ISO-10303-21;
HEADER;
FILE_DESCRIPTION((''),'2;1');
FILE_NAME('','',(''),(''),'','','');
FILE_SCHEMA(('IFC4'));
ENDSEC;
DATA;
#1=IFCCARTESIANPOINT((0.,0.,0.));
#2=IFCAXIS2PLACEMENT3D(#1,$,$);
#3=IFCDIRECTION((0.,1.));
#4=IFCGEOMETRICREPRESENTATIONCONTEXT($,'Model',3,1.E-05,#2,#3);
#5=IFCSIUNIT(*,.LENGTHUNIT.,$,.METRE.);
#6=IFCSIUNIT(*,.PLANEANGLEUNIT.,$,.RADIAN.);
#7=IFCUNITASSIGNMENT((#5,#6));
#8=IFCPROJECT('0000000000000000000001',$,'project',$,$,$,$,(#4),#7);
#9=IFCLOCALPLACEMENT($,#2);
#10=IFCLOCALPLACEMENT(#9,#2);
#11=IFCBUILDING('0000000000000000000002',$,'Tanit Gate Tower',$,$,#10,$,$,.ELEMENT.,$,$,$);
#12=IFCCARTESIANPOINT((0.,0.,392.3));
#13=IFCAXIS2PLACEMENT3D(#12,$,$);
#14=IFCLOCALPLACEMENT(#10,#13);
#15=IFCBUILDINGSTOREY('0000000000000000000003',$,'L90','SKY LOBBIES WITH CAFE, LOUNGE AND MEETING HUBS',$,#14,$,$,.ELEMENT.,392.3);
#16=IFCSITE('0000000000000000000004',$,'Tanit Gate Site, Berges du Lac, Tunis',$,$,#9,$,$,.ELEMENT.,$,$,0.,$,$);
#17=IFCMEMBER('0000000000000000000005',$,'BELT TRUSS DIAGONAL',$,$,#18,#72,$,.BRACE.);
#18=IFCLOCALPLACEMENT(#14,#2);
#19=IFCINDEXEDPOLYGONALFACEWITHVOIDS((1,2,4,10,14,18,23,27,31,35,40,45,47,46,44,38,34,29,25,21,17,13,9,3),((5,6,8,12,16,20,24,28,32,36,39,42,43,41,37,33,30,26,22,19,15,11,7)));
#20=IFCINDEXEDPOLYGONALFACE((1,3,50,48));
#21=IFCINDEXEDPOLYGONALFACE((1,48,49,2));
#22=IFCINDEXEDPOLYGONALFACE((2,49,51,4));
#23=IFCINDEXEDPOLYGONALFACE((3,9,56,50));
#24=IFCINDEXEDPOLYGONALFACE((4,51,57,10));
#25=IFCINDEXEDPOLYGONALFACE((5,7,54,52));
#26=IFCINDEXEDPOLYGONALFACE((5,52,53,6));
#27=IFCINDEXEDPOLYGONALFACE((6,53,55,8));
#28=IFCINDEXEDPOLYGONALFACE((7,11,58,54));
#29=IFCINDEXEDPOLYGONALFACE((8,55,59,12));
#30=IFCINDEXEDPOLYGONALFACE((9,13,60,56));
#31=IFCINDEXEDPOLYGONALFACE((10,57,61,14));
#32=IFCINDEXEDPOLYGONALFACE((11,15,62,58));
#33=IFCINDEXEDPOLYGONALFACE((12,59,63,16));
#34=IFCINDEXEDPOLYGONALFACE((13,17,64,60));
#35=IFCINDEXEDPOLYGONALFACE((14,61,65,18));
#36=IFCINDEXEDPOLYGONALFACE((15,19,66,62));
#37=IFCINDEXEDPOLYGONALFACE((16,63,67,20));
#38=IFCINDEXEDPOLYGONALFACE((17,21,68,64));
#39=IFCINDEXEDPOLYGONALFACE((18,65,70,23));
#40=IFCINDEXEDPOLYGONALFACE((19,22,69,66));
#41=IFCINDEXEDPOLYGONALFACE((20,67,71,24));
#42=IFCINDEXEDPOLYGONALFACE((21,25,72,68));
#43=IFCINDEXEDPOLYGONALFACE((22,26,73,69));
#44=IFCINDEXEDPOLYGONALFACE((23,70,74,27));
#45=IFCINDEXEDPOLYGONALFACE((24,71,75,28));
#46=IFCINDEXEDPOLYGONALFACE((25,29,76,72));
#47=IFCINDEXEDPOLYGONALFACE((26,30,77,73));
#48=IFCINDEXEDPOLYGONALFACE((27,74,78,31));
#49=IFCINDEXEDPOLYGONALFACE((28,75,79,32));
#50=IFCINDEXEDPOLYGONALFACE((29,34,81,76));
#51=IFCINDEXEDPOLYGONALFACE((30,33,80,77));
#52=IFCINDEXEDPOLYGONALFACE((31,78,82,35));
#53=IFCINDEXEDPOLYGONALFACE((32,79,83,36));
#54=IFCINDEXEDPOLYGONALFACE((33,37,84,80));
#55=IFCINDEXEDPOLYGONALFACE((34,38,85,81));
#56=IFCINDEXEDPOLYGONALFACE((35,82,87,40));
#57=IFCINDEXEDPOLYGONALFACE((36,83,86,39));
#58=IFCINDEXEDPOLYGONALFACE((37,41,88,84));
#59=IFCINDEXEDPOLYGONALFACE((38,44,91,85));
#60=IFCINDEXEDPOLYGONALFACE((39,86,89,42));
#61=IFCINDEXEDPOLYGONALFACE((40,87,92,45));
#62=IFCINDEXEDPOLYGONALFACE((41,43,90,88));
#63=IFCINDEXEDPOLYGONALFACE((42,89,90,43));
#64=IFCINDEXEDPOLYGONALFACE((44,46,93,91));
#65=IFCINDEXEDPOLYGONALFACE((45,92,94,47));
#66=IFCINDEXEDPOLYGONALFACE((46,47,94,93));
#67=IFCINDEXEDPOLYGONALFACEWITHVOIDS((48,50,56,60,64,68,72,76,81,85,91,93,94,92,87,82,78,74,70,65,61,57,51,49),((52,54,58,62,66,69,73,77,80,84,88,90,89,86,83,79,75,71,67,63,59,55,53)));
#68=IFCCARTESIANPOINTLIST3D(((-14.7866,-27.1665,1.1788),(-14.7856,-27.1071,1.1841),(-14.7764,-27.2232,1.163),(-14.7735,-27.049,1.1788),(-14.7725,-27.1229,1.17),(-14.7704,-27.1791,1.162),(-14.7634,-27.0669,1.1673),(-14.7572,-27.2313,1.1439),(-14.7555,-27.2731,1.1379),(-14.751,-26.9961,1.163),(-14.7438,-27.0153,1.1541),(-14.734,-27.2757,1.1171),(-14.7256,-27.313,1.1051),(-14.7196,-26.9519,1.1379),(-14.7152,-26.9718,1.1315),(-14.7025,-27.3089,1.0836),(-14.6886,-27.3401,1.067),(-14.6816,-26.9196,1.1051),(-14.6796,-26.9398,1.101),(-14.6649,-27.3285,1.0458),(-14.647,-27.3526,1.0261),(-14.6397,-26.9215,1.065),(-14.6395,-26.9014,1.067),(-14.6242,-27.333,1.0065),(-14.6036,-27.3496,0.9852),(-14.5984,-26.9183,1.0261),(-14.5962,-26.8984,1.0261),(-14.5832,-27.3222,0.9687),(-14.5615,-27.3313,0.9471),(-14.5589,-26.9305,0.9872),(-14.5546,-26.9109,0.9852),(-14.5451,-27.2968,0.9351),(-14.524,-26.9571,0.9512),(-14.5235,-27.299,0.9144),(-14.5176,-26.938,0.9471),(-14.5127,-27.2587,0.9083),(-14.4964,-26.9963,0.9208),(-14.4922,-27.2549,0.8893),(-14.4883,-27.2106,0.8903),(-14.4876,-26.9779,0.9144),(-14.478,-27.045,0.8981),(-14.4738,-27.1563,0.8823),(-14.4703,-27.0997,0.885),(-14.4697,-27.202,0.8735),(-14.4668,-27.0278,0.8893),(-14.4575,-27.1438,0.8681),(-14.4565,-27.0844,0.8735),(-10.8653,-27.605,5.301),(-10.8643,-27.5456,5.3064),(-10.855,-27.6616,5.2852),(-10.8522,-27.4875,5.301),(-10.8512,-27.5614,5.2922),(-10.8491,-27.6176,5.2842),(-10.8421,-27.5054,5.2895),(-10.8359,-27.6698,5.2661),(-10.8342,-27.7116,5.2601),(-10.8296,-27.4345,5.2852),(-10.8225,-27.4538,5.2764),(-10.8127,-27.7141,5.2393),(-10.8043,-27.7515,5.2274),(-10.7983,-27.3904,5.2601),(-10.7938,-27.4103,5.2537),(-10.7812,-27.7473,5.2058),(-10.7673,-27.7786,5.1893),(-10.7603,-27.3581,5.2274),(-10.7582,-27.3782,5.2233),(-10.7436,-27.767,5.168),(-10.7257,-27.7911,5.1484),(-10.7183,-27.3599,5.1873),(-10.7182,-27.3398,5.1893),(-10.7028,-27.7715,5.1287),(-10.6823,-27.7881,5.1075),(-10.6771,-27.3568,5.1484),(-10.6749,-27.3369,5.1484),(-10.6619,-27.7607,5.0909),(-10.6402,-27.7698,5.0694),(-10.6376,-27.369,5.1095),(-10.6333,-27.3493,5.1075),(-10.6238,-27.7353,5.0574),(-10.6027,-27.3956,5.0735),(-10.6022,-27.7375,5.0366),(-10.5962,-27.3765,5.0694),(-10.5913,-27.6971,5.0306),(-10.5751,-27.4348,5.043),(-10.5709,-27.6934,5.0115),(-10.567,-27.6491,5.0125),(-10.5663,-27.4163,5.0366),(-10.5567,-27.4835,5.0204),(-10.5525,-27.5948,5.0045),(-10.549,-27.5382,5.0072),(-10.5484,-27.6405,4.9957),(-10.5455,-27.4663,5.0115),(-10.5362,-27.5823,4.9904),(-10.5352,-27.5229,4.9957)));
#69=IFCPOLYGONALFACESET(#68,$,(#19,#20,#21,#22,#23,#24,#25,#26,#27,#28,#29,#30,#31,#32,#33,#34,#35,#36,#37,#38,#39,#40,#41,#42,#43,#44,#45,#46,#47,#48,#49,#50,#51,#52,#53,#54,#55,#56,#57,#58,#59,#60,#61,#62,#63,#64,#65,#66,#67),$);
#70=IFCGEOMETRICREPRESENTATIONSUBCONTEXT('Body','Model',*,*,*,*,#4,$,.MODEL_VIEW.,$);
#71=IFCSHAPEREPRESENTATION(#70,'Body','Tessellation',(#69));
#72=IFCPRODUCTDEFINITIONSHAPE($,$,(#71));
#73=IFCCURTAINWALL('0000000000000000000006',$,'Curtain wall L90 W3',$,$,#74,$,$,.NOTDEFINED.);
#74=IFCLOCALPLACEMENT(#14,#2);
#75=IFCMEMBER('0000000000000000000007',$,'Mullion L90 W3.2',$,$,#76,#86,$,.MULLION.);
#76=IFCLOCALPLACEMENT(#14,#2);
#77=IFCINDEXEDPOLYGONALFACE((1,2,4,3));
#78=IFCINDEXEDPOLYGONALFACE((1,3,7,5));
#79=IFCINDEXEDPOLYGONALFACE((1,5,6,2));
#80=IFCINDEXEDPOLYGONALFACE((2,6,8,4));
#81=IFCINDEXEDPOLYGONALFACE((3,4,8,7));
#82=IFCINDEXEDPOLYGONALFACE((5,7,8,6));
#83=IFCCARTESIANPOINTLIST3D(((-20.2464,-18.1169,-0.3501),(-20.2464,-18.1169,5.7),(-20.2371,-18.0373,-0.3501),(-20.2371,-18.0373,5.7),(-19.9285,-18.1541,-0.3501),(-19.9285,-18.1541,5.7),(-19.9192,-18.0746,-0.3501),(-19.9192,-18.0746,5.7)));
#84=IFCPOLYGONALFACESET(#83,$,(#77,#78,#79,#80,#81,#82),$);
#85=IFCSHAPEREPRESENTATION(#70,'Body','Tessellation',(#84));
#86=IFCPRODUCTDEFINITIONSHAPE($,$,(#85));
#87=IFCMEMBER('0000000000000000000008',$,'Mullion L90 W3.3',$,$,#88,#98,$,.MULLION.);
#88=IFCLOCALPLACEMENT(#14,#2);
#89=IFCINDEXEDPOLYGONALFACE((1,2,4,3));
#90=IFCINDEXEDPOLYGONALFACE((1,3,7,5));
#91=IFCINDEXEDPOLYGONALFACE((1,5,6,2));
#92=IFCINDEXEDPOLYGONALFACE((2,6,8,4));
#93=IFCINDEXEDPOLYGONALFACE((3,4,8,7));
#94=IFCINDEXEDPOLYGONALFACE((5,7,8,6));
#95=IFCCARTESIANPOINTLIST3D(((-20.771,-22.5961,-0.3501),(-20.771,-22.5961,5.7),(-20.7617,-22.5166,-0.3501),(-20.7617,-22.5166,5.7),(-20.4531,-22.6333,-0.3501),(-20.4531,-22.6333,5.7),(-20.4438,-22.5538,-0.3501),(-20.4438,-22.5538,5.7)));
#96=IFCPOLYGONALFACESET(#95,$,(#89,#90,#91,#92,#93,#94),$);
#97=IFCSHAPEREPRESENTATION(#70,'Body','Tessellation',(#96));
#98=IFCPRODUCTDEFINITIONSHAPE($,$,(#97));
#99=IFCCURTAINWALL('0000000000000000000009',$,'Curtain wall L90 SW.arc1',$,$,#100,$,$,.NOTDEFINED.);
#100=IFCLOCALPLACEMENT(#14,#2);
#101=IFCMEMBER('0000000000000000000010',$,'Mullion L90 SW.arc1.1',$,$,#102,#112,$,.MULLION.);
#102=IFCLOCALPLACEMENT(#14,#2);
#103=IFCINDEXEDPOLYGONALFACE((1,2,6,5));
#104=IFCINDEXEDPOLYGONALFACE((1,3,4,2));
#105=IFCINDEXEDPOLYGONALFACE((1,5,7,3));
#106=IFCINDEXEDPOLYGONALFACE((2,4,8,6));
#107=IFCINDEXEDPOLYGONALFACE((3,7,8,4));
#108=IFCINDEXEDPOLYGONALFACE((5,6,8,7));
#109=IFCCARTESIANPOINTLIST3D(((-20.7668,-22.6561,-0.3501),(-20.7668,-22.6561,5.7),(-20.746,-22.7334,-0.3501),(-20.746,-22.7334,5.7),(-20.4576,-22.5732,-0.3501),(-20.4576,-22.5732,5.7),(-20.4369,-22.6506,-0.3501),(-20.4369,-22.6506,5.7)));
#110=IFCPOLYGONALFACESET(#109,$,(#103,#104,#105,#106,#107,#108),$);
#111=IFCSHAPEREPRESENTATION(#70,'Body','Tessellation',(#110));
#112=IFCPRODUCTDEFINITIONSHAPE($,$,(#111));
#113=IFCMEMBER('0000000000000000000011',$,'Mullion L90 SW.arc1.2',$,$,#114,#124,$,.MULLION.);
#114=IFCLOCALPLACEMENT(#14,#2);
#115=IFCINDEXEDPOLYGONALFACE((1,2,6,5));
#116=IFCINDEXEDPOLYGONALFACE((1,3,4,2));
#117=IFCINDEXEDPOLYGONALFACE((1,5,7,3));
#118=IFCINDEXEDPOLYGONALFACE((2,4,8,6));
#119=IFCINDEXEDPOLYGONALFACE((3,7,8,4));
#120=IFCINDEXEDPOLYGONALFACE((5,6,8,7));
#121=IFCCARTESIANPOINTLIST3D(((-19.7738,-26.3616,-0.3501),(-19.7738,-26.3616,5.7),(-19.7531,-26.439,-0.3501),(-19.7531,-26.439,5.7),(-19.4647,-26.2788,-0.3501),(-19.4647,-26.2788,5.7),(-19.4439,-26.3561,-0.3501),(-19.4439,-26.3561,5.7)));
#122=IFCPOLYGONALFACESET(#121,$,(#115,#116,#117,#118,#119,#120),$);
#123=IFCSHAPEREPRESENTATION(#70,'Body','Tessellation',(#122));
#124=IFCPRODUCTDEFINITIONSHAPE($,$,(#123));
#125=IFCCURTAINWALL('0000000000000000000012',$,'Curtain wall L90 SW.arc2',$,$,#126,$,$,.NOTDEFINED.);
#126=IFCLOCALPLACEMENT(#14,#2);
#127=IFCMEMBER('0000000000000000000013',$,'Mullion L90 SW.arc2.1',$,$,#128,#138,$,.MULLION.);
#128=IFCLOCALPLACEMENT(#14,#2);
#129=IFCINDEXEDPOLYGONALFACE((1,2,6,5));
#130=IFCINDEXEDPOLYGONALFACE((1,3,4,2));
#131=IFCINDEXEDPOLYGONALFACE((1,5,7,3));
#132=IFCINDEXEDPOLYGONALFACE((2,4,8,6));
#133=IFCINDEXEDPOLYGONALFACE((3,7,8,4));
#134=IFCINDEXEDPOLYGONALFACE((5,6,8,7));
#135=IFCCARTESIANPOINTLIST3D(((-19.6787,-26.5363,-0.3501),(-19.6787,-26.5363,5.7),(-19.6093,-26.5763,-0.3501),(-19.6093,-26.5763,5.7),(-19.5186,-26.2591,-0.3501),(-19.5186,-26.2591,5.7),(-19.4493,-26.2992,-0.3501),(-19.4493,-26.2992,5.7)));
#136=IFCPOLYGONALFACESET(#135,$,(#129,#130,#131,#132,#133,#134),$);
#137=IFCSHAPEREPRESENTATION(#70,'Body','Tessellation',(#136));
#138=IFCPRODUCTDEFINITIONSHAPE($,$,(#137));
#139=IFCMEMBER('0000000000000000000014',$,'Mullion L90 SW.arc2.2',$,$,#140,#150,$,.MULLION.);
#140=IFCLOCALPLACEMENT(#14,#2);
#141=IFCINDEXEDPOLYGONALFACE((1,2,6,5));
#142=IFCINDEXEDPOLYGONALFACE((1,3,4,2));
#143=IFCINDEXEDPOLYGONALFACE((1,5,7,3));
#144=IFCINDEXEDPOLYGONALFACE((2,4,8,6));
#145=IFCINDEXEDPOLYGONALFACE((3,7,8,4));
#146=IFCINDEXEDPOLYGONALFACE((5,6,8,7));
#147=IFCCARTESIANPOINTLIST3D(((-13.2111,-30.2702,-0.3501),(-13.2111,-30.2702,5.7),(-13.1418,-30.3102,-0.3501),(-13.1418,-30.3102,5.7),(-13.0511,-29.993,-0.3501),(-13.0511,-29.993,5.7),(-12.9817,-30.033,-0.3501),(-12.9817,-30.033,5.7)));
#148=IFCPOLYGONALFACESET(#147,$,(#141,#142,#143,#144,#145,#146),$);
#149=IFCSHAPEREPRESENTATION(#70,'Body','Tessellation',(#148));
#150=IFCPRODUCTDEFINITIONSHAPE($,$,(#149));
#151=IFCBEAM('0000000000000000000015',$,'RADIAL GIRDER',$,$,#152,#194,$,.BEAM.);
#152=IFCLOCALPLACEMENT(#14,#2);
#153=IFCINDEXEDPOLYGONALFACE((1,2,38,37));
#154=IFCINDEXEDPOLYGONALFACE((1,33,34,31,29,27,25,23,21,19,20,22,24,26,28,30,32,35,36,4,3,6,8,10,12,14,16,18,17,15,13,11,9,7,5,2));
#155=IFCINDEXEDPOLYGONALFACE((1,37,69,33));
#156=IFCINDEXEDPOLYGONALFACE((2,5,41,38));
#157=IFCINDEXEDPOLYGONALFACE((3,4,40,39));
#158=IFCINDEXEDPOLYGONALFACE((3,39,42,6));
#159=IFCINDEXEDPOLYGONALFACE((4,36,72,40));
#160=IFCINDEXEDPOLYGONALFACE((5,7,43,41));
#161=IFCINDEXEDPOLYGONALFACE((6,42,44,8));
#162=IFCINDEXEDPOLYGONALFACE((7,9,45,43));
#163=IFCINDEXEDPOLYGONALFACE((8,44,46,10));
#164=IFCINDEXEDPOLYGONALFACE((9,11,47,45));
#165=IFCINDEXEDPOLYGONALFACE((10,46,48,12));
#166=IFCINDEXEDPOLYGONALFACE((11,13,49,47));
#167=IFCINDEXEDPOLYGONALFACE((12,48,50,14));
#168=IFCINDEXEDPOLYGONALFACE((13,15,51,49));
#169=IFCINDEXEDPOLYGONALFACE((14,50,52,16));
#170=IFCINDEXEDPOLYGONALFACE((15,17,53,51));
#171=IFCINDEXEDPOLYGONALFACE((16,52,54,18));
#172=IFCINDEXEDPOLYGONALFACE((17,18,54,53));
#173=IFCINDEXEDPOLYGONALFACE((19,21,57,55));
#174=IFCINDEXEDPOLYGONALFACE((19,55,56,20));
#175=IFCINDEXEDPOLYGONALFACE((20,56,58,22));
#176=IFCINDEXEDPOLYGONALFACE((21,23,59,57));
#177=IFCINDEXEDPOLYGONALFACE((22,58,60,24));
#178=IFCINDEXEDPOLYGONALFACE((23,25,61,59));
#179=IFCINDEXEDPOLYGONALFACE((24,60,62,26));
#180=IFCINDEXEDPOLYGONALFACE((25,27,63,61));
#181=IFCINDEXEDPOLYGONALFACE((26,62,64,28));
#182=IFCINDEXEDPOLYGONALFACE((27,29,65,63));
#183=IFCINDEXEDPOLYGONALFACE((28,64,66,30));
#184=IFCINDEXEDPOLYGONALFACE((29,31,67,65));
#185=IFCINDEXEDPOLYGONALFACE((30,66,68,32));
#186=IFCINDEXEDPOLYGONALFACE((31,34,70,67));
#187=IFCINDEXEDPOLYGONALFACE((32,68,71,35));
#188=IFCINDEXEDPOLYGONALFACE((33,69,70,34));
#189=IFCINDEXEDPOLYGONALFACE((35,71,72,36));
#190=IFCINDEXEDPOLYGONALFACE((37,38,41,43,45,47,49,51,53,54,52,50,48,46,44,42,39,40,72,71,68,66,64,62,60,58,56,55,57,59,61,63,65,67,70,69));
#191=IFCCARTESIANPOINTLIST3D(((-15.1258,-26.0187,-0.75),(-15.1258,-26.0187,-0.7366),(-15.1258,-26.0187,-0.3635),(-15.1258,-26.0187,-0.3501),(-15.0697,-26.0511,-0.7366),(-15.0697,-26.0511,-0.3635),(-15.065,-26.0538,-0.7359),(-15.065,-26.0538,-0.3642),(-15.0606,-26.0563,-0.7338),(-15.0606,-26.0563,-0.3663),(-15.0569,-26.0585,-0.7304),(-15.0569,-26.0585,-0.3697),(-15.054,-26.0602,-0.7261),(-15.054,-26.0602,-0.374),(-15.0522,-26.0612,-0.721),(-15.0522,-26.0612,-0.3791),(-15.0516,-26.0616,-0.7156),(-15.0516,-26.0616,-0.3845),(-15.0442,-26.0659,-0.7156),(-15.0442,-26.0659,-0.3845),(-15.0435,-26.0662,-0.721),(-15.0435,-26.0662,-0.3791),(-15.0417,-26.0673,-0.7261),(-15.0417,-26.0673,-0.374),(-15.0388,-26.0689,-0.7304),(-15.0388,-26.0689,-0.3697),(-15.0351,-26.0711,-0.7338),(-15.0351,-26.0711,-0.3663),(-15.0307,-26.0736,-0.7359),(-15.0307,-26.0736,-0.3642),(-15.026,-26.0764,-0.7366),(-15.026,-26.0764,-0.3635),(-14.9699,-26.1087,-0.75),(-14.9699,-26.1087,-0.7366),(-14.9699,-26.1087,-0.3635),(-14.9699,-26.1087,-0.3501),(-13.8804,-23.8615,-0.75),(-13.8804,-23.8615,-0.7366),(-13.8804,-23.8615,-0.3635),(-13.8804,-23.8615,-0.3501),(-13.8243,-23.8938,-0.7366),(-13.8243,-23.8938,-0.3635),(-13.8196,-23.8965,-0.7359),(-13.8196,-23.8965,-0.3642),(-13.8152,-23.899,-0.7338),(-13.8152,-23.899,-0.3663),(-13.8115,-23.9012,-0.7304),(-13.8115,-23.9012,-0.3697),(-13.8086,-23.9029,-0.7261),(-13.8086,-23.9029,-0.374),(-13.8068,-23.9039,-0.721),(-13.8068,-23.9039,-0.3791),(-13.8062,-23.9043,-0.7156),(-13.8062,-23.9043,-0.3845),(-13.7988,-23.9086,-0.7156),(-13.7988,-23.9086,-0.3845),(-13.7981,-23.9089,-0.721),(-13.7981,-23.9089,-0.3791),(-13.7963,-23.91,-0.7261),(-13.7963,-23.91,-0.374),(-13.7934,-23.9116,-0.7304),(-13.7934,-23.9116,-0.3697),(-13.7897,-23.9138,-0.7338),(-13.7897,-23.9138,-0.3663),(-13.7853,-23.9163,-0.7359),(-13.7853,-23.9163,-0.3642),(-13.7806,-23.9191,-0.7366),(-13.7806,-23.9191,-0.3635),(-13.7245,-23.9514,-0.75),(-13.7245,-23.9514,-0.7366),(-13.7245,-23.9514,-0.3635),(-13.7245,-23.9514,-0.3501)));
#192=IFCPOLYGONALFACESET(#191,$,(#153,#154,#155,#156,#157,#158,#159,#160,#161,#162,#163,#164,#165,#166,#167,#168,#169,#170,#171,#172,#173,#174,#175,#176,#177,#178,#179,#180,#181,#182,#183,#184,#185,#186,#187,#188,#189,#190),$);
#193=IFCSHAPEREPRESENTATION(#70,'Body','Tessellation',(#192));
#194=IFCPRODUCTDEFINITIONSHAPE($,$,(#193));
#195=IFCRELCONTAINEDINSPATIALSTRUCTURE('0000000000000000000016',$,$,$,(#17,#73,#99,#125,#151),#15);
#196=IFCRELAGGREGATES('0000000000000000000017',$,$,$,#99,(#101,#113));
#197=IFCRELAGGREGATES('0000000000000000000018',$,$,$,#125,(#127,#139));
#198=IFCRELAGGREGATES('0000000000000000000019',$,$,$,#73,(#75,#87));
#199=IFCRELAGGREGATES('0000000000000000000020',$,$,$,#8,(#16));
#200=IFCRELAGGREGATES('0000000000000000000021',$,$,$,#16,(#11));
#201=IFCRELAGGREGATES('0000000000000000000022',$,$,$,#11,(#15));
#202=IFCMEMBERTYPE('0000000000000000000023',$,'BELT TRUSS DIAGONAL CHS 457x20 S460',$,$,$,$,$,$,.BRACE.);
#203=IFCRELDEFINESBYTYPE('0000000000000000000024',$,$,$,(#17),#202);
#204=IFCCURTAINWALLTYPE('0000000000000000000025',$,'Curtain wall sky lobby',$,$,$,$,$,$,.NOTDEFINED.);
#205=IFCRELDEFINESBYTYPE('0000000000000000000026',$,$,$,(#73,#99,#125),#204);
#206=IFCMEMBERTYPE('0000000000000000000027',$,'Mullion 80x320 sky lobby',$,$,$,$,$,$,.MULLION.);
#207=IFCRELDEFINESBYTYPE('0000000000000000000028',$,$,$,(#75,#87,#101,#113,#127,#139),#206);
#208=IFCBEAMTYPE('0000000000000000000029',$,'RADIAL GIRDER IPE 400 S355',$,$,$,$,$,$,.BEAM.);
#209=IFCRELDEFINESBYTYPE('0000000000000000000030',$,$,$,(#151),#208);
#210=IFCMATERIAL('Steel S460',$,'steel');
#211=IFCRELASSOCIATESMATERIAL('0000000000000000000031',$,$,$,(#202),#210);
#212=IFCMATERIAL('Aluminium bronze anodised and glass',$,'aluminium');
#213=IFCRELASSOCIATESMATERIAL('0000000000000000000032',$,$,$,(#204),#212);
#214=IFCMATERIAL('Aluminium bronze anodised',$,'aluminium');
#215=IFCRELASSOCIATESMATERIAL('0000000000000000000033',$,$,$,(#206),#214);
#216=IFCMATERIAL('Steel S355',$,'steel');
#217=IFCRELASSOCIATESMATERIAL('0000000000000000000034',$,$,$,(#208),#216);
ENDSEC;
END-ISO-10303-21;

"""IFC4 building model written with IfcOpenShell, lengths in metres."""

from ifc_helpers import new_model, si_unit, direction, frame, origin, origin_2d, place, context, subcontext, project, spatial, rectangle, hollow_circle, i_section, extrude, material, material_profile, profile_set, type_object, element, aggregate, save


model = new_model("IFC4")

# Units and contexts
model_context = context("Model", 3, precision=1e-05, world=origin(), true_north=direction((0.0, 1.0)))
body_context = subcontext(model_context, "Body", "Model", "MODEL_VIEW")
ifc_project = project(units=[si_unit("LENGTHUNIT", "METRE"), si_unit("PLANEANGLEUNIT", "RADIAN")], contexts=[model_context])

# Site, building, storey
site_placement = place(None, origin())
site = spatial("IfcSite", under=ifc_project, at=site_placement, Name="Tanit Gate Site, Berges du Lac, Tunis", CompositionType="ELEMENT", RefElevation=0.0)
building_placement = place(site_placement, origin())
building = spatial("IfcBuilding", under=site, at=building_placement, Name="Tanit Gate Tower", CompositionType="ELEMENT")
storey_placement = place(building_placement, frame((0.0, 0.0, 392.3)))
storey = spatial("IfcBuildingStorey", under=building, at=storey_placement, Name="L90", Description="SKY LOBBIES WITH CAFE, LOUNGE AND MEETING HUBS", CompositionType="ELEMENT", Elevation=392.3)

# Member
ifc_material_1 = material(Name="Steel S460", Category="steel")
ifc_material_profile_1 = material_profile(ifc_material_1, hollow_circle(Radius=0.2285, WallThickness=0.02, at=origin_2d()), Name="CHS 457x20")
ifc_profile_set_1 = profile_set([ifc_material_profile_1], Name="Steel S460")
member_type_1 = type_object("IfcMemberType", Name="BELT TRUSS DIAGONAL CHS 457x20 S460", PredefinedType="BRACE", material=ifc_profile_set_1)
member_1_placement = place(storey_placement, frame((-14.6216, -27.1255, 1.0261), z_axis=(0.687191, -0.076839, 0.722402), x_axis=(0.111124, 0.993807, 0.0)))
element("IfcMember", 1, at=member_1_placement, inside=storey, type_object=member_type_1, Name="BELT TRUSS DIAGONAL", PredefinedType="BRACE", context=body_context, shape_type="SweptSolid", body=[
    extrude(hollow_circle(Radius=0.2285, WallThickness=0.02, at=origin_2d()), origin(), (0.0, 0.0, 1.0), 5.7063),
])

# Curtain walls, members
ifc_material_2 = material(Name="Aluminium bronze anodised and glass", Category="aluminium")
curtain_wall_type = type_object("IfcCurtainWallType", Name="Curtain wall sky lobby", PredefinedType="NOTDEFINED", material=ifc_material_2)
curtain_wall_1_placement = place(storey_placement, origin())
curtain_wall_1 = element("IfcCurtainWall", 2, at=curtain_wall_1_placement, inside=storey, type_object=curtain_wall_type, Name="Curtain wall L90 W3", PredefinedType="NOTDEFINED")
ifc_material_3 = material(Name="Aluminium bronze anodised", Category="aluminium")
ifc_material_profile_2 = material_profile(ifc_material_3, rectangle(XDim=0.3201, YDim=0.0801, at=origin_2d()), Name="80x320 bronze mullion")
ifc_profile_set_2 = profile_set([ifc_material_profile_2], Name="Aluminium bronze anodised")
member_type_2 = type_object("IfcMemberType", Name="Mullion 80x320 sky lobby", PredefinedType="MULLION", material=ifc_profile_set_2)
member_2_placement = place(storey_placement, frame((-20.0828, -18.0957, -0.3501), z_axis=(0.0, 0.0, 1.0), x_axis=(0.993212, -0.116318, 0.0)))
member_2 = element("IfcMember", 3, at=member_2_placement, type_object=member_type_2, Name="Mullion L90 W3.2", PredefinedType="MULLION", context=body_context, shape_type="SweptSolid", body=[
    extrude(rectangle(XDim=0.3201, YDim=0.0801, at=origin_2d()), origin(), (0.0, 0.0, 1.0), 6.05),
])
member_3_placement = place(storey_placement, frame((-20.6074, -22.575, -0.3501), z_axis=(0.0, 0.0, 1.0), x_axis=(0.993212, -0.116318, 0.0)))
member_3 = element("IfcMember", 4, at=member_3_placement, type_object=member_type_2, Name="Mullion L90 W3.3", PredefinedType="MULLION", context=body_context, shape_type="SweptSolid", body=[
    extrude(rectangle(XDim=0.3201, YDim=0.0801, at=origin_2d()), origin(), (0.0, 0.0, 1.0), 6.05),
])
curtain_wall_2_placement = place(storey_placement, origin())
curtain_wall_2 = element("IfcCurtainWall", 5, at=curtain_wall_2_placement, inside=storey, type_object=curtain_wall_type, Name="Curtain wall L90 SW.arc1", PredefinedType="NOTDEFINED")
member_4_placement = place(storey_placement, frame((-20.6018, -22.6533, -0.3501), z_axis=(0.0, 0.0, 1.0), x_axis=(0.965926, 0.258819, 0.0)))
member_4 = element("IfcMember", 6, at=member_4_placement, type_object=member_type_2, Name="Mullion L90 SW.arc1.1", PredefinedType="MULLION", context=body_context, shape_type="SweptSolid", body=[
    extrude(rectangle(XDim=0.3201, YDim=0.0801, at=origin_2d()), origin(), (0.0, 0.0, 1.0), 6.05),
])
member_5_placement = place(storey_placement, frame((-19.6089, -26.3589, -0.3501), z_axis=(0.0, 0.0, 1.0), x_axis=(0.965926, 0.258819, 0.0)))
member_5 = element("IfcMember", 7, at=member_5_placement, type_object=member_type_2, Name="Mullion L90 SW.arc1.2", PredefinedType="MULLION", context=body_context, shape_type="SweptSolid", body=[
    extrude(rectangle(XDim=0.3201, YDim=0.0801, at=origin_2d()), origin(), (0.0, 0.0, 1.0), 6.05),
])
curtain_wall_3_placement = place(storey_placement, origin())
curtain_wall_3 = element("IfcCurtainWall", 8, at=curtain_wall_3_placement, inside=storey, type_object=curtain_wall_type, Name="Curtain wall L90 SW.arc2", PredefinedType="NOTDEFINED")
member_6_placement = place(storey_placement, frame((-19.564, -26.4177, -0.3501), z_axis=(0.0, 0.0, 1.0), x_axis=(0.5, 0.866025, 0.0)))
member_6 = element("IfcMember", 9, at=member_6_placement, type_object=member_type_2, Name="Mullion L90 SW.arc2.1", PredefinedType="MULLION", context=body_context, shape_type="SweptSolid", body=[
    extrude(rectangle(XDim=0.3201, YDim=0.0801, at=origin_2d()), origin(), (0.0, 0.0, 1.0), 6.05),
])
member_7_placement = place(storey_placement, frame((-13.0964, -30.1516, -0.3501), z_axis=(0.0, 0.0, 1.0), x_axis=(0.5, 0.866025, 0.0)))
member_7 = element("IfcMember", 10, at=member_7_placement, type_object=member_type_2, Name="Mullion L90 SW.arc2.2", PredefinedType="MULLION", context=body_context, shape_type="SweptSolid", body=[
    extrude(rectangle(XDim=0.3201, YDim=0.0801, at=origin_2d()), origin(), (0.0, 0.0, 1.0), 6.05),
])

# Beam
ifc_material_4 = material(Name="Steel S355", Category="steel")
ifc_material_profile_3 = material_profile(ifc_material_4, i_section(OverallWidth=0.1799, OverallDepth=0.3999, WebThickness=0.0085, FlangeThickness=0.0134, FilletRadius=0.021, at=origin_2d()), Name="IPE 400")
ifc_profile_set_3 = profile_set([ifc_material_profile_3], Name="Steel S355")
beam_type_1 = type_object("IfcBeamType", Name="RADIAL GIRDER IPE 400 S355", PredefinedType="BEAM", material=ifc_profile_set_3)
beam_1_placement = place(storey_placement, frame((-15.0479, -26.0637, -0.55), z_axis=(0.499966, 0.866045, 0.0), x_axis=(-0.866045, 0.499966, 0.0)))
element("IfcBeam", 11, at=beam_1_placement, inside=storey, type_object=beam_type_1, Name="RADIAL GIRDER", PredefinedType="BEAM", context=body_context, shape_type="SweptSolid", body=[
    extrude(i_section(OverallWidth=0.1799, OverallDepth=0.3999, WebThickness=0.0085, FlangeThickness=0.0134, FilletRadius=0.021, at=origin_2d()), origin(), (0.0, 0.0, 1.0), 2.491),
])

aggregate(curtain_wall_2, [member_4, member_5])
aggregate(curtain_wall_3, [member_6, member_7])
aggregate(curtain_wall_1, [member_2, member_3])

save(model, "model.ifc")
